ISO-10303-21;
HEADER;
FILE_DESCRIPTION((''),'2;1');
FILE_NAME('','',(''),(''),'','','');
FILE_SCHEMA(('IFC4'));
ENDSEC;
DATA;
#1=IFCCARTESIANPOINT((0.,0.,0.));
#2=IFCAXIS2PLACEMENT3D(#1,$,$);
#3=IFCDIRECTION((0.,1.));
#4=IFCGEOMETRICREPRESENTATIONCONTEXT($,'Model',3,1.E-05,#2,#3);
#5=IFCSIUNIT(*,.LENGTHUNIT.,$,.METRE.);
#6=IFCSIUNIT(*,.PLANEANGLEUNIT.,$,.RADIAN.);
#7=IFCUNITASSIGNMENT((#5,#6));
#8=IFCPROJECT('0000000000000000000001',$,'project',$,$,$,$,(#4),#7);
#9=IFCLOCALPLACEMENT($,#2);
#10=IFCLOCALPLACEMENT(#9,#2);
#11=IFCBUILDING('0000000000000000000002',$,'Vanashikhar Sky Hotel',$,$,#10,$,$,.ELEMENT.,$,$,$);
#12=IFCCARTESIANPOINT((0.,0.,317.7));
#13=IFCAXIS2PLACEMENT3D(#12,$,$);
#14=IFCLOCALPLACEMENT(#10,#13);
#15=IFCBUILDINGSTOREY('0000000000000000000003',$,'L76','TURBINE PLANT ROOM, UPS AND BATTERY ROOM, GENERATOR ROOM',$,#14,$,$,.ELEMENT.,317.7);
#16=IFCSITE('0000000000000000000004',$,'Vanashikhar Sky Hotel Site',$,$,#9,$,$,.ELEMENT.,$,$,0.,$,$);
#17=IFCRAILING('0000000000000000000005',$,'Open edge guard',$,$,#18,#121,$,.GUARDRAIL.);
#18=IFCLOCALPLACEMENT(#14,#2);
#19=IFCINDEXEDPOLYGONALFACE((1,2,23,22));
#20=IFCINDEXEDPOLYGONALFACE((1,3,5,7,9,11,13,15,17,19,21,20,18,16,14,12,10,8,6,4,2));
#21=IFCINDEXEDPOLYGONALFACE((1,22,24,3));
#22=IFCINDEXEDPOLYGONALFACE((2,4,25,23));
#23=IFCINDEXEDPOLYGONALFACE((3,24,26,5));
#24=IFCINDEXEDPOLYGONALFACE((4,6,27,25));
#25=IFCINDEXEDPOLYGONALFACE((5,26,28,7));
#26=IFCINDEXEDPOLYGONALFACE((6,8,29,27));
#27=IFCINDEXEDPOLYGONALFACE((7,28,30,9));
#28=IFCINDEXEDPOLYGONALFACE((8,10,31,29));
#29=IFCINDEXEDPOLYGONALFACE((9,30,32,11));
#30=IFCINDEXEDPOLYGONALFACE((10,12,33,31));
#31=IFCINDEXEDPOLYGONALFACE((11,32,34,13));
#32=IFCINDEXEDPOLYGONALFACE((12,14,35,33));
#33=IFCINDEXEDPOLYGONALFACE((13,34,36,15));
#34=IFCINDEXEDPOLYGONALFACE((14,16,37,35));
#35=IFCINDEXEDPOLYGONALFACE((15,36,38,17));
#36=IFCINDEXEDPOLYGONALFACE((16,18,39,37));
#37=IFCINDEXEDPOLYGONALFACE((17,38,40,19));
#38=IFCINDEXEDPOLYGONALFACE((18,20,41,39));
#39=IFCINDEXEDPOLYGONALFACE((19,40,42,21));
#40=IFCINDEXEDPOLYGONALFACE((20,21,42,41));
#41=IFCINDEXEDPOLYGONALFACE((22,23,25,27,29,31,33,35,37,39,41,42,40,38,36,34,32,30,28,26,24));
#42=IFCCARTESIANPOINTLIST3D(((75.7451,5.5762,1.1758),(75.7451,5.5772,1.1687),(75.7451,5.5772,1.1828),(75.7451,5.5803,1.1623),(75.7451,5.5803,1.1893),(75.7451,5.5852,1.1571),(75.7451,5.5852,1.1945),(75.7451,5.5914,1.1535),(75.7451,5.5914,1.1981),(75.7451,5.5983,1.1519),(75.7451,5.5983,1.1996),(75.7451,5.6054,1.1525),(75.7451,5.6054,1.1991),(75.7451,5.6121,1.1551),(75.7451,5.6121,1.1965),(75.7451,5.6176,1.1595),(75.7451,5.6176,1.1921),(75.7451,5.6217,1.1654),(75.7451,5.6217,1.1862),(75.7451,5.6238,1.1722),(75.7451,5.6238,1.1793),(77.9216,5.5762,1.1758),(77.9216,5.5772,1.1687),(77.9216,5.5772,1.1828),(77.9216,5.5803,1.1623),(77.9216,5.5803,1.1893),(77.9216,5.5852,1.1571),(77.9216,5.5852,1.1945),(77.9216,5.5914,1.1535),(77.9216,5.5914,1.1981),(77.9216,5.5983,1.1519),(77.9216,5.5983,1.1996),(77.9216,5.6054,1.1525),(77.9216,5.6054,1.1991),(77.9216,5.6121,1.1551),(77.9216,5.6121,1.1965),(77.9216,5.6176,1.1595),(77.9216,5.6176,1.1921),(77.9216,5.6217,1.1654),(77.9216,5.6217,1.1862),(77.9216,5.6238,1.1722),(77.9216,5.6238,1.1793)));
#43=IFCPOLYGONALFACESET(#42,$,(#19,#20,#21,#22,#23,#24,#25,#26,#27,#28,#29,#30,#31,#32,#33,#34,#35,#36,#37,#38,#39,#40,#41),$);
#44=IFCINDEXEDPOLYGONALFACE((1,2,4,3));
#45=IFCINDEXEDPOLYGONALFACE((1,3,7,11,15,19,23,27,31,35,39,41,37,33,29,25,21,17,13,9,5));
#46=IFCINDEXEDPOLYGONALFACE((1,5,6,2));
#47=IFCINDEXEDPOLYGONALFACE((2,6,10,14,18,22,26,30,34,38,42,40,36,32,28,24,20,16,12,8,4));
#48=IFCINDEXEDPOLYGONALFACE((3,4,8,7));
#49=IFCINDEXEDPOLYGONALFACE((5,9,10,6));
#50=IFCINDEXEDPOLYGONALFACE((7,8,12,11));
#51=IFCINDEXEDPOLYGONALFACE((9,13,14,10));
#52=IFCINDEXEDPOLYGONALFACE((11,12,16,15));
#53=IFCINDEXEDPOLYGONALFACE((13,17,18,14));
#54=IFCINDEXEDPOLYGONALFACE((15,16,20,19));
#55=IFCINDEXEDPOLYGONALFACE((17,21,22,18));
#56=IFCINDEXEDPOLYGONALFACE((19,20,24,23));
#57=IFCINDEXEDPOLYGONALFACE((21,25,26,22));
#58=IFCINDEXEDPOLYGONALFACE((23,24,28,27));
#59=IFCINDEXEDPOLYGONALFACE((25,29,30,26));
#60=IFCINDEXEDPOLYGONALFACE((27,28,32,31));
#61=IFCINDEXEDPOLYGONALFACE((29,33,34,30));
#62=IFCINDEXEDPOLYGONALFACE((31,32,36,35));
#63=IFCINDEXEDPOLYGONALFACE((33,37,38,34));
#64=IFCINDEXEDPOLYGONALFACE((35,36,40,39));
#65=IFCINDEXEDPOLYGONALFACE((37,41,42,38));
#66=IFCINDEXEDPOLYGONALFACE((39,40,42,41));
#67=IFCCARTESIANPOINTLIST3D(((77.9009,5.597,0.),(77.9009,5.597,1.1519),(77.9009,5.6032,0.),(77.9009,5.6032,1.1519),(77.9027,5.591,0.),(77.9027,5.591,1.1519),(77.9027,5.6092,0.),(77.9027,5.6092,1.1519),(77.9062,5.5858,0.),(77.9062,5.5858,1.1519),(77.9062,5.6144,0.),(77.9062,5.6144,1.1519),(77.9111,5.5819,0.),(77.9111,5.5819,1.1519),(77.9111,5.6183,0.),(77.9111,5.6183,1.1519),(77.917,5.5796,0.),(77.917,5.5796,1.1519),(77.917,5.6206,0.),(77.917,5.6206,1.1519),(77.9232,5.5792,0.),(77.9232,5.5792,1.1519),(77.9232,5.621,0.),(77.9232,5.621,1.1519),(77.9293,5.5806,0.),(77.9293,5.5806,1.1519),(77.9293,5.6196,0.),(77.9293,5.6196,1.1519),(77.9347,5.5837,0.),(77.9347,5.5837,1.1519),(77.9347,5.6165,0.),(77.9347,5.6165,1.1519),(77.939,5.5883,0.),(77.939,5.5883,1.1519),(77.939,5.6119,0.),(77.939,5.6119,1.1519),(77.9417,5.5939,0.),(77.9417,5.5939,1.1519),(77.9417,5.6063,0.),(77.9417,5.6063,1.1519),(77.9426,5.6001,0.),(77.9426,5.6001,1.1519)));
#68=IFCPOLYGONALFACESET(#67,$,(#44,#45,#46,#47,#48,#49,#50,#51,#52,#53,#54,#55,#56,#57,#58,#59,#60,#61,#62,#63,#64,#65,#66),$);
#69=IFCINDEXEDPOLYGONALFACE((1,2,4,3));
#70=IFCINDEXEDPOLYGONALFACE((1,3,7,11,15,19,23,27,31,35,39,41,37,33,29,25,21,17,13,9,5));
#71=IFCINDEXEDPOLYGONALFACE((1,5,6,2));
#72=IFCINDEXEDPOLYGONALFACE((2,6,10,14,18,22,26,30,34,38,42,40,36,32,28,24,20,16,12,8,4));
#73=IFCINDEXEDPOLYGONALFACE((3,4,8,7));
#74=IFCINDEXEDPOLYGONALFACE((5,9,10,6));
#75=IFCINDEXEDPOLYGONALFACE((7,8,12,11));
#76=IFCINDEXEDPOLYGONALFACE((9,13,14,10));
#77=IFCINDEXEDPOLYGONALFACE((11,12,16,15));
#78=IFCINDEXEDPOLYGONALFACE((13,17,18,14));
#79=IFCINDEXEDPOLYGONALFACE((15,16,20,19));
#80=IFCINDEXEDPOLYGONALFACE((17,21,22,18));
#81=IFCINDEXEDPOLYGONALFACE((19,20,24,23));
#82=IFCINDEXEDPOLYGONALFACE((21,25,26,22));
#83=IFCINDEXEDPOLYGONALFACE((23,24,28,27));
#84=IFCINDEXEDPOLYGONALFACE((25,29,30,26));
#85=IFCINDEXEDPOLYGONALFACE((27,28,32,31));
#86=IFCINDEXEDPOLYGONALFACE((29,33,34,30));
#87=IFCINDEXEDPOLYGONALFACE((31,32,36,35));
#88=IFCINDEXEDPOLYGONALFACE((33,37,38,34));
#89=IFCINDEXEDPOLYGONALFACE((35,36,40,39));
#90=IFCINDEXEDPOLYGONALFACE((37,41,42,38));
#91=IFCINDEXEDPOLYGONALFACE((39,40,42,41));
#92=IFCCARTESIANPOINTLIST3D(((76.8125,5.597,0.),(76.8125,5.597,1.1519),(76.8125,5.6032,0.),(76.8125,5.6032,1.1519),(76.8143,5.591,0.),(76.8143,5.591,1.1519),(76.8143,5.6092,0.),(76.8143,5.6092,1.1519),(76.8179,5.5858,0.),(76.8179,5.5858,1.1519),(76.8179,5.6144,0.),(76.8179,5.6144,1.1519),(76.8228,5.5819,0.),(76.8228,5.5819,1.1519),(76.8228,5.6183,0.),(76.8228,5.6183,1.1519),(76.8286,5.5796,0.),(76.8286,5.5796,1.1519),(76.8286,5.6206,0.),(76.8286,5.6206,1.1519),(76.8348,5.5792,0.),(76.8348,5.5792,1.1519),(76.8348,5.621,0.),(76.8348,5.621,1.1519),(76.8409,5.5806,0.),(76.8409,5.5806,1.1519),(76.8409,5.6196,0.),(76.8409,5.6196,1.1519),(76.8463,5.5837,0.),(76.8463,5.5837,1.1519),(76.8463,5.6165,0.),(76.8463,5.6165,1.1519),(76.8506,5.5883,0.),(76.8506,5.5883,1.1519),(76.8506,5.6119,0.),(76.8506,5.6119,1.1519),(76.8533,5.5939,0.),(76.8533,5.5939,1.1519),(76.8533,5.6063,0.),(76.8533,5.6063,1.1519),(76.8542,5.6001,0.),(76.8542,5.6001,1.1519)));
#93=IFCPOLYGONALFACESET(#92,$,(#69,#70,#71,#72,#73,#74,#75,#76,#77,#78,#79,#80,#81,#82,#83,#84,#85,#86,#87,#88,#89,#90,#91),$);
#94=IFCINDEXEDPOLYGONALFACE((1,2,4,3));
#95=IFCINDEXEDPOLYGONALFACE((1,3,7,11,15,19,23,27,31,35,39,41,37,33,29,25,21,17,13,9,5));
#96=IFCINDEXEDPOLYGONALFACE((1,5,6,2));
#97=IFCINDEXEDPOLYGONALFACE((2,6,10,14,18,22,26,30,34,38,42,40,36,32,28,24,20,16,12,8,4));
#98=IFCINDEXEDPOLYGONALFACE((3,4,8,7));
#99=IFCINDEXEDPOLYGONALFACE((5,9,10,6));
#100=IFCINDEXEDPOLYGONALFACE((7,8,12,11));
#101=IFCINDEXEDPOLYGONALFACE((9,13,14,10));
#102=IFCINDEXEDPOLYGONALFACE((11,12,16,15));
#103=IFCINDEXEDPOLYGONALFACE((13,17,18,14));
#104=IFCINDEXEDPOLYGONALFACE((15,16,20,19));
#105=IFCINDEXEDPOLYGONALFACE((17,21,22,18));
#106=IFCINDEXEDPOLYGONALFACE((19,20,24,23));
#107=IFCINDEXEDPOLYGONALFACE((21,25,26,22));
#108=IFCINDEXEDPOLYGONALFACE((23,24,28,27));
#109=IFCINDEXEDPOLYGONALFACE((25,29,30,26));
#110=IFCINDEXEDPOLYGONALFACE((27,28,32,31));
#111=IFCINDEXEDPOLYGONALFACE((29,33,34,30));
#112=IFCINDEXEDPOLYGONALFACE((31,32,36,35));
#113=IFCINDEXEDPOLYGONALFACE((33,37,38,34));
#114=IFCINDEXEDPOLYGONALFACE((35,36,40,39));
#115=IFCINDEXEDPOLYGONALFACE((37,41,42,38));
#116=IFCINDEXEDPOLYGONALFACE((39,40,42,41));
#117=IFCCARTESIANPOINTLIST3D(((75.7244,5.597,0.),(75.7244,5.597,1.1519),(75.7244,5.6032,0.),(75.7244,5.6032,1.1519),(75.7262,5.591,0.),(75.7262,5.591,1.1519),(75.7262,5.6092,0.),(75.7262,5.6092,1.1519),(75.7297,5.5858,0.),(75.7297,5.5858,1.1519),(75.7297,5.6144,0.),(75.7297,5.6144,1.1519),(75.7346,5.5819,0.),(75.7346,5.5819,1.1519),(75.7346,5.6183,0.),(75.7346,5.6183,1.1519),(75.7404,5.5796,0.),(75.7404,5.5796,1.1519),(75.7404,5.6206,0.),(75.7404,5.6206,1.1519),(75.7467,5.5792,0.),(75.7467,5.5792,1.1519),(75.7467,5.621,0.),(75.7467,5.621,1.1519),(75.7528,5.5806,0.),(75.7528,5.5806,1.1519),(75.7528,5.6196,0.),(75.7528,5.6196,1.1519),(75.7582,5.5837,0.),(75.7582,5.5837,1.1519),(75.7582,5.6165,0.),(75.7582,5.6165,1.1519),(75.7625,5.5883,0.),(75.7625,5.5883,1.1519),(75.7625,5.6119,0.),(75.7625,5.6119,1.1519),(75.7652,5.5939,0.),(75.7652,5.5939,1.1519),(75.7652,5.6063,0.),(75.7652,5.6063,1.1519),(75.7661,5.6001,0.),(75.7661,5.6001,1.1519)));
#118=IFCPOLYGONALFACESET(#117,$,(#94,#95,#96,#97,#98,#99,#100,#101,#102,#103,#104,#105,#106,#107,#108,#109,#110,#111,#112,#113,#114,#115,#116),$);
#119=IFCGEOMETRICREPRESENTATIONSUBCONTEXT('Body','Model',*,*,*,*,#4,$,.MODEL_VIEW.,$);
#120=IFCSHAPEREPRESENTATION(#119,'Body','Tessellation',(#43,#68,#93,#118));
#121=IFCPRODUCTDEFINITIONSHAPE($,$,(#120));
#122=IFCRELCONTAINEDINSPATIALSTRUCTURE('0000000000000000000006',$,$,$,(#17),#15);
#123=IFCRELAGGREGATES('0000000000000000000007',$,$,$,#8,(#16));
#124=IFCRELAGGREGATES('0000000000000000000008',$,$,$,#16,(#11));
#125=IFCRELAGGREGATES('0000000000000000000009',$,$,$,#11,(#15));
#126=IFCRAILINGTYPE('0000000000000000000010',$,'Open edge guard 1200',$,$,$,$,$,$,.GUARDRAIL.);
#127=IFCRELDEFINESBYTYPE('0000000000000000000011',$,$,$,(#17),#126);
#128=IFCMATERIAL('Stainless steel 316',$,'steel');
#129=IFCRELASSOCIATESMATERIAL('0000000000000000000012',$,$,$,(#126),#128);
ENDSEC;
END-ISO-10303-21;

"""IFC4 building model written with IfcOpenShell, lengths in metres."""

from ifc_helpers import new_model, si_unit, direction, frame, origin, origin_2d, place, context, subcontext, project, spatial, circle, extrude, source, transform, mapped, material, type_object, element, save


model = new_model("IFC4")

# Units and contexts
model_context = context("Model", 3, precision=1e-05, world=origin(), true_north=direction((0.0, 1.0)))
body_context = subcontext(model_context, "Body", "Model", "MODEL_VIEW")
ifc_project = project(units=[si_unit("LENGTHUNIT", "METRE"), si_unit("PLANEANGLEUNIT", "RADIAN")], contexts=[model_context])

# Site, building, storey
site_placement = place(None, origin())
site = spatial("IfcSite", under=ifc_project, at=site_placement, Name="Vanashikhar Sky Hotel Site", CompositionType="ELEMENT", RefElevation=0.0)
building_placement = place(site_placement, origin())
building = spatial("IfcBuilding", under=site, at=building_placement, Name="Vanashikhar Sky Hotel", CompositionType="ELEMENT")
storey_placement = place(building_placement, frame((0.0, 0.0, 317.7)))
storey = spatial("IfcBuildingStorey", under=building, at=storey_placement, Name="L76", Description="TURBINE PLANT ROOM, UPS AND BATTERY ROOM, GENERATOR ROOM", CompositionType="ELEMENT", Elevation=317.7)

# Railing
ifc_material_1 = material(Name="Stainless steel 316", Category="steel")
railing_type = type_object("IfcRailingType", Name="Open edge guard 1200", PredefinedType="GUARDRAIL", material=ifc_material_1)
shared_shape_1 = source(origin(), body_context, "Body", "SweptSolid", [
    extrude(circle(Radius=0.0239, at=origin_2d()), frame((0.0, 0.0, 1.1758), z_axis=(-1.0, 0.0, 0.0), x_axis=(0.0, -1.0, 0.0)), (0.0, 0.0, 1.0), 2.1765),
    extrude(circle(Radius=0.021, at=origin_2d()), origin(), (0.0, 0.0, 1.0), 1.1519),
    extrude(circle(Radius=0.021, at=origin_2d()), frame((-1.0884, 0.0, 0.0)), (0.0, 0.0, 1.0), 1.1519),
    extrude(circle(Radius=0.021, at=origin_2d()), frame((-2.1765, 0.0, 0.0)), (0.0, 0.0, 1.0), 1.1519),
])
for number, where, name in (
    (1, (77.9216, 5.6001, 0.0), "Open edge guard"),
):
    element("IfcRailing", number, at=place(storey_placement, frame(where)), inside=storey, type_object=railing_type, Name=name, PredefinedType="GUARDRAIL", context=body_context, shape_type="MappedRepresentation", body=[
        mapped(shared_shape_1, transform((0.0, 0.0, 0.0), scale=1.0)),
    ])

save(model, "model.ifc")
